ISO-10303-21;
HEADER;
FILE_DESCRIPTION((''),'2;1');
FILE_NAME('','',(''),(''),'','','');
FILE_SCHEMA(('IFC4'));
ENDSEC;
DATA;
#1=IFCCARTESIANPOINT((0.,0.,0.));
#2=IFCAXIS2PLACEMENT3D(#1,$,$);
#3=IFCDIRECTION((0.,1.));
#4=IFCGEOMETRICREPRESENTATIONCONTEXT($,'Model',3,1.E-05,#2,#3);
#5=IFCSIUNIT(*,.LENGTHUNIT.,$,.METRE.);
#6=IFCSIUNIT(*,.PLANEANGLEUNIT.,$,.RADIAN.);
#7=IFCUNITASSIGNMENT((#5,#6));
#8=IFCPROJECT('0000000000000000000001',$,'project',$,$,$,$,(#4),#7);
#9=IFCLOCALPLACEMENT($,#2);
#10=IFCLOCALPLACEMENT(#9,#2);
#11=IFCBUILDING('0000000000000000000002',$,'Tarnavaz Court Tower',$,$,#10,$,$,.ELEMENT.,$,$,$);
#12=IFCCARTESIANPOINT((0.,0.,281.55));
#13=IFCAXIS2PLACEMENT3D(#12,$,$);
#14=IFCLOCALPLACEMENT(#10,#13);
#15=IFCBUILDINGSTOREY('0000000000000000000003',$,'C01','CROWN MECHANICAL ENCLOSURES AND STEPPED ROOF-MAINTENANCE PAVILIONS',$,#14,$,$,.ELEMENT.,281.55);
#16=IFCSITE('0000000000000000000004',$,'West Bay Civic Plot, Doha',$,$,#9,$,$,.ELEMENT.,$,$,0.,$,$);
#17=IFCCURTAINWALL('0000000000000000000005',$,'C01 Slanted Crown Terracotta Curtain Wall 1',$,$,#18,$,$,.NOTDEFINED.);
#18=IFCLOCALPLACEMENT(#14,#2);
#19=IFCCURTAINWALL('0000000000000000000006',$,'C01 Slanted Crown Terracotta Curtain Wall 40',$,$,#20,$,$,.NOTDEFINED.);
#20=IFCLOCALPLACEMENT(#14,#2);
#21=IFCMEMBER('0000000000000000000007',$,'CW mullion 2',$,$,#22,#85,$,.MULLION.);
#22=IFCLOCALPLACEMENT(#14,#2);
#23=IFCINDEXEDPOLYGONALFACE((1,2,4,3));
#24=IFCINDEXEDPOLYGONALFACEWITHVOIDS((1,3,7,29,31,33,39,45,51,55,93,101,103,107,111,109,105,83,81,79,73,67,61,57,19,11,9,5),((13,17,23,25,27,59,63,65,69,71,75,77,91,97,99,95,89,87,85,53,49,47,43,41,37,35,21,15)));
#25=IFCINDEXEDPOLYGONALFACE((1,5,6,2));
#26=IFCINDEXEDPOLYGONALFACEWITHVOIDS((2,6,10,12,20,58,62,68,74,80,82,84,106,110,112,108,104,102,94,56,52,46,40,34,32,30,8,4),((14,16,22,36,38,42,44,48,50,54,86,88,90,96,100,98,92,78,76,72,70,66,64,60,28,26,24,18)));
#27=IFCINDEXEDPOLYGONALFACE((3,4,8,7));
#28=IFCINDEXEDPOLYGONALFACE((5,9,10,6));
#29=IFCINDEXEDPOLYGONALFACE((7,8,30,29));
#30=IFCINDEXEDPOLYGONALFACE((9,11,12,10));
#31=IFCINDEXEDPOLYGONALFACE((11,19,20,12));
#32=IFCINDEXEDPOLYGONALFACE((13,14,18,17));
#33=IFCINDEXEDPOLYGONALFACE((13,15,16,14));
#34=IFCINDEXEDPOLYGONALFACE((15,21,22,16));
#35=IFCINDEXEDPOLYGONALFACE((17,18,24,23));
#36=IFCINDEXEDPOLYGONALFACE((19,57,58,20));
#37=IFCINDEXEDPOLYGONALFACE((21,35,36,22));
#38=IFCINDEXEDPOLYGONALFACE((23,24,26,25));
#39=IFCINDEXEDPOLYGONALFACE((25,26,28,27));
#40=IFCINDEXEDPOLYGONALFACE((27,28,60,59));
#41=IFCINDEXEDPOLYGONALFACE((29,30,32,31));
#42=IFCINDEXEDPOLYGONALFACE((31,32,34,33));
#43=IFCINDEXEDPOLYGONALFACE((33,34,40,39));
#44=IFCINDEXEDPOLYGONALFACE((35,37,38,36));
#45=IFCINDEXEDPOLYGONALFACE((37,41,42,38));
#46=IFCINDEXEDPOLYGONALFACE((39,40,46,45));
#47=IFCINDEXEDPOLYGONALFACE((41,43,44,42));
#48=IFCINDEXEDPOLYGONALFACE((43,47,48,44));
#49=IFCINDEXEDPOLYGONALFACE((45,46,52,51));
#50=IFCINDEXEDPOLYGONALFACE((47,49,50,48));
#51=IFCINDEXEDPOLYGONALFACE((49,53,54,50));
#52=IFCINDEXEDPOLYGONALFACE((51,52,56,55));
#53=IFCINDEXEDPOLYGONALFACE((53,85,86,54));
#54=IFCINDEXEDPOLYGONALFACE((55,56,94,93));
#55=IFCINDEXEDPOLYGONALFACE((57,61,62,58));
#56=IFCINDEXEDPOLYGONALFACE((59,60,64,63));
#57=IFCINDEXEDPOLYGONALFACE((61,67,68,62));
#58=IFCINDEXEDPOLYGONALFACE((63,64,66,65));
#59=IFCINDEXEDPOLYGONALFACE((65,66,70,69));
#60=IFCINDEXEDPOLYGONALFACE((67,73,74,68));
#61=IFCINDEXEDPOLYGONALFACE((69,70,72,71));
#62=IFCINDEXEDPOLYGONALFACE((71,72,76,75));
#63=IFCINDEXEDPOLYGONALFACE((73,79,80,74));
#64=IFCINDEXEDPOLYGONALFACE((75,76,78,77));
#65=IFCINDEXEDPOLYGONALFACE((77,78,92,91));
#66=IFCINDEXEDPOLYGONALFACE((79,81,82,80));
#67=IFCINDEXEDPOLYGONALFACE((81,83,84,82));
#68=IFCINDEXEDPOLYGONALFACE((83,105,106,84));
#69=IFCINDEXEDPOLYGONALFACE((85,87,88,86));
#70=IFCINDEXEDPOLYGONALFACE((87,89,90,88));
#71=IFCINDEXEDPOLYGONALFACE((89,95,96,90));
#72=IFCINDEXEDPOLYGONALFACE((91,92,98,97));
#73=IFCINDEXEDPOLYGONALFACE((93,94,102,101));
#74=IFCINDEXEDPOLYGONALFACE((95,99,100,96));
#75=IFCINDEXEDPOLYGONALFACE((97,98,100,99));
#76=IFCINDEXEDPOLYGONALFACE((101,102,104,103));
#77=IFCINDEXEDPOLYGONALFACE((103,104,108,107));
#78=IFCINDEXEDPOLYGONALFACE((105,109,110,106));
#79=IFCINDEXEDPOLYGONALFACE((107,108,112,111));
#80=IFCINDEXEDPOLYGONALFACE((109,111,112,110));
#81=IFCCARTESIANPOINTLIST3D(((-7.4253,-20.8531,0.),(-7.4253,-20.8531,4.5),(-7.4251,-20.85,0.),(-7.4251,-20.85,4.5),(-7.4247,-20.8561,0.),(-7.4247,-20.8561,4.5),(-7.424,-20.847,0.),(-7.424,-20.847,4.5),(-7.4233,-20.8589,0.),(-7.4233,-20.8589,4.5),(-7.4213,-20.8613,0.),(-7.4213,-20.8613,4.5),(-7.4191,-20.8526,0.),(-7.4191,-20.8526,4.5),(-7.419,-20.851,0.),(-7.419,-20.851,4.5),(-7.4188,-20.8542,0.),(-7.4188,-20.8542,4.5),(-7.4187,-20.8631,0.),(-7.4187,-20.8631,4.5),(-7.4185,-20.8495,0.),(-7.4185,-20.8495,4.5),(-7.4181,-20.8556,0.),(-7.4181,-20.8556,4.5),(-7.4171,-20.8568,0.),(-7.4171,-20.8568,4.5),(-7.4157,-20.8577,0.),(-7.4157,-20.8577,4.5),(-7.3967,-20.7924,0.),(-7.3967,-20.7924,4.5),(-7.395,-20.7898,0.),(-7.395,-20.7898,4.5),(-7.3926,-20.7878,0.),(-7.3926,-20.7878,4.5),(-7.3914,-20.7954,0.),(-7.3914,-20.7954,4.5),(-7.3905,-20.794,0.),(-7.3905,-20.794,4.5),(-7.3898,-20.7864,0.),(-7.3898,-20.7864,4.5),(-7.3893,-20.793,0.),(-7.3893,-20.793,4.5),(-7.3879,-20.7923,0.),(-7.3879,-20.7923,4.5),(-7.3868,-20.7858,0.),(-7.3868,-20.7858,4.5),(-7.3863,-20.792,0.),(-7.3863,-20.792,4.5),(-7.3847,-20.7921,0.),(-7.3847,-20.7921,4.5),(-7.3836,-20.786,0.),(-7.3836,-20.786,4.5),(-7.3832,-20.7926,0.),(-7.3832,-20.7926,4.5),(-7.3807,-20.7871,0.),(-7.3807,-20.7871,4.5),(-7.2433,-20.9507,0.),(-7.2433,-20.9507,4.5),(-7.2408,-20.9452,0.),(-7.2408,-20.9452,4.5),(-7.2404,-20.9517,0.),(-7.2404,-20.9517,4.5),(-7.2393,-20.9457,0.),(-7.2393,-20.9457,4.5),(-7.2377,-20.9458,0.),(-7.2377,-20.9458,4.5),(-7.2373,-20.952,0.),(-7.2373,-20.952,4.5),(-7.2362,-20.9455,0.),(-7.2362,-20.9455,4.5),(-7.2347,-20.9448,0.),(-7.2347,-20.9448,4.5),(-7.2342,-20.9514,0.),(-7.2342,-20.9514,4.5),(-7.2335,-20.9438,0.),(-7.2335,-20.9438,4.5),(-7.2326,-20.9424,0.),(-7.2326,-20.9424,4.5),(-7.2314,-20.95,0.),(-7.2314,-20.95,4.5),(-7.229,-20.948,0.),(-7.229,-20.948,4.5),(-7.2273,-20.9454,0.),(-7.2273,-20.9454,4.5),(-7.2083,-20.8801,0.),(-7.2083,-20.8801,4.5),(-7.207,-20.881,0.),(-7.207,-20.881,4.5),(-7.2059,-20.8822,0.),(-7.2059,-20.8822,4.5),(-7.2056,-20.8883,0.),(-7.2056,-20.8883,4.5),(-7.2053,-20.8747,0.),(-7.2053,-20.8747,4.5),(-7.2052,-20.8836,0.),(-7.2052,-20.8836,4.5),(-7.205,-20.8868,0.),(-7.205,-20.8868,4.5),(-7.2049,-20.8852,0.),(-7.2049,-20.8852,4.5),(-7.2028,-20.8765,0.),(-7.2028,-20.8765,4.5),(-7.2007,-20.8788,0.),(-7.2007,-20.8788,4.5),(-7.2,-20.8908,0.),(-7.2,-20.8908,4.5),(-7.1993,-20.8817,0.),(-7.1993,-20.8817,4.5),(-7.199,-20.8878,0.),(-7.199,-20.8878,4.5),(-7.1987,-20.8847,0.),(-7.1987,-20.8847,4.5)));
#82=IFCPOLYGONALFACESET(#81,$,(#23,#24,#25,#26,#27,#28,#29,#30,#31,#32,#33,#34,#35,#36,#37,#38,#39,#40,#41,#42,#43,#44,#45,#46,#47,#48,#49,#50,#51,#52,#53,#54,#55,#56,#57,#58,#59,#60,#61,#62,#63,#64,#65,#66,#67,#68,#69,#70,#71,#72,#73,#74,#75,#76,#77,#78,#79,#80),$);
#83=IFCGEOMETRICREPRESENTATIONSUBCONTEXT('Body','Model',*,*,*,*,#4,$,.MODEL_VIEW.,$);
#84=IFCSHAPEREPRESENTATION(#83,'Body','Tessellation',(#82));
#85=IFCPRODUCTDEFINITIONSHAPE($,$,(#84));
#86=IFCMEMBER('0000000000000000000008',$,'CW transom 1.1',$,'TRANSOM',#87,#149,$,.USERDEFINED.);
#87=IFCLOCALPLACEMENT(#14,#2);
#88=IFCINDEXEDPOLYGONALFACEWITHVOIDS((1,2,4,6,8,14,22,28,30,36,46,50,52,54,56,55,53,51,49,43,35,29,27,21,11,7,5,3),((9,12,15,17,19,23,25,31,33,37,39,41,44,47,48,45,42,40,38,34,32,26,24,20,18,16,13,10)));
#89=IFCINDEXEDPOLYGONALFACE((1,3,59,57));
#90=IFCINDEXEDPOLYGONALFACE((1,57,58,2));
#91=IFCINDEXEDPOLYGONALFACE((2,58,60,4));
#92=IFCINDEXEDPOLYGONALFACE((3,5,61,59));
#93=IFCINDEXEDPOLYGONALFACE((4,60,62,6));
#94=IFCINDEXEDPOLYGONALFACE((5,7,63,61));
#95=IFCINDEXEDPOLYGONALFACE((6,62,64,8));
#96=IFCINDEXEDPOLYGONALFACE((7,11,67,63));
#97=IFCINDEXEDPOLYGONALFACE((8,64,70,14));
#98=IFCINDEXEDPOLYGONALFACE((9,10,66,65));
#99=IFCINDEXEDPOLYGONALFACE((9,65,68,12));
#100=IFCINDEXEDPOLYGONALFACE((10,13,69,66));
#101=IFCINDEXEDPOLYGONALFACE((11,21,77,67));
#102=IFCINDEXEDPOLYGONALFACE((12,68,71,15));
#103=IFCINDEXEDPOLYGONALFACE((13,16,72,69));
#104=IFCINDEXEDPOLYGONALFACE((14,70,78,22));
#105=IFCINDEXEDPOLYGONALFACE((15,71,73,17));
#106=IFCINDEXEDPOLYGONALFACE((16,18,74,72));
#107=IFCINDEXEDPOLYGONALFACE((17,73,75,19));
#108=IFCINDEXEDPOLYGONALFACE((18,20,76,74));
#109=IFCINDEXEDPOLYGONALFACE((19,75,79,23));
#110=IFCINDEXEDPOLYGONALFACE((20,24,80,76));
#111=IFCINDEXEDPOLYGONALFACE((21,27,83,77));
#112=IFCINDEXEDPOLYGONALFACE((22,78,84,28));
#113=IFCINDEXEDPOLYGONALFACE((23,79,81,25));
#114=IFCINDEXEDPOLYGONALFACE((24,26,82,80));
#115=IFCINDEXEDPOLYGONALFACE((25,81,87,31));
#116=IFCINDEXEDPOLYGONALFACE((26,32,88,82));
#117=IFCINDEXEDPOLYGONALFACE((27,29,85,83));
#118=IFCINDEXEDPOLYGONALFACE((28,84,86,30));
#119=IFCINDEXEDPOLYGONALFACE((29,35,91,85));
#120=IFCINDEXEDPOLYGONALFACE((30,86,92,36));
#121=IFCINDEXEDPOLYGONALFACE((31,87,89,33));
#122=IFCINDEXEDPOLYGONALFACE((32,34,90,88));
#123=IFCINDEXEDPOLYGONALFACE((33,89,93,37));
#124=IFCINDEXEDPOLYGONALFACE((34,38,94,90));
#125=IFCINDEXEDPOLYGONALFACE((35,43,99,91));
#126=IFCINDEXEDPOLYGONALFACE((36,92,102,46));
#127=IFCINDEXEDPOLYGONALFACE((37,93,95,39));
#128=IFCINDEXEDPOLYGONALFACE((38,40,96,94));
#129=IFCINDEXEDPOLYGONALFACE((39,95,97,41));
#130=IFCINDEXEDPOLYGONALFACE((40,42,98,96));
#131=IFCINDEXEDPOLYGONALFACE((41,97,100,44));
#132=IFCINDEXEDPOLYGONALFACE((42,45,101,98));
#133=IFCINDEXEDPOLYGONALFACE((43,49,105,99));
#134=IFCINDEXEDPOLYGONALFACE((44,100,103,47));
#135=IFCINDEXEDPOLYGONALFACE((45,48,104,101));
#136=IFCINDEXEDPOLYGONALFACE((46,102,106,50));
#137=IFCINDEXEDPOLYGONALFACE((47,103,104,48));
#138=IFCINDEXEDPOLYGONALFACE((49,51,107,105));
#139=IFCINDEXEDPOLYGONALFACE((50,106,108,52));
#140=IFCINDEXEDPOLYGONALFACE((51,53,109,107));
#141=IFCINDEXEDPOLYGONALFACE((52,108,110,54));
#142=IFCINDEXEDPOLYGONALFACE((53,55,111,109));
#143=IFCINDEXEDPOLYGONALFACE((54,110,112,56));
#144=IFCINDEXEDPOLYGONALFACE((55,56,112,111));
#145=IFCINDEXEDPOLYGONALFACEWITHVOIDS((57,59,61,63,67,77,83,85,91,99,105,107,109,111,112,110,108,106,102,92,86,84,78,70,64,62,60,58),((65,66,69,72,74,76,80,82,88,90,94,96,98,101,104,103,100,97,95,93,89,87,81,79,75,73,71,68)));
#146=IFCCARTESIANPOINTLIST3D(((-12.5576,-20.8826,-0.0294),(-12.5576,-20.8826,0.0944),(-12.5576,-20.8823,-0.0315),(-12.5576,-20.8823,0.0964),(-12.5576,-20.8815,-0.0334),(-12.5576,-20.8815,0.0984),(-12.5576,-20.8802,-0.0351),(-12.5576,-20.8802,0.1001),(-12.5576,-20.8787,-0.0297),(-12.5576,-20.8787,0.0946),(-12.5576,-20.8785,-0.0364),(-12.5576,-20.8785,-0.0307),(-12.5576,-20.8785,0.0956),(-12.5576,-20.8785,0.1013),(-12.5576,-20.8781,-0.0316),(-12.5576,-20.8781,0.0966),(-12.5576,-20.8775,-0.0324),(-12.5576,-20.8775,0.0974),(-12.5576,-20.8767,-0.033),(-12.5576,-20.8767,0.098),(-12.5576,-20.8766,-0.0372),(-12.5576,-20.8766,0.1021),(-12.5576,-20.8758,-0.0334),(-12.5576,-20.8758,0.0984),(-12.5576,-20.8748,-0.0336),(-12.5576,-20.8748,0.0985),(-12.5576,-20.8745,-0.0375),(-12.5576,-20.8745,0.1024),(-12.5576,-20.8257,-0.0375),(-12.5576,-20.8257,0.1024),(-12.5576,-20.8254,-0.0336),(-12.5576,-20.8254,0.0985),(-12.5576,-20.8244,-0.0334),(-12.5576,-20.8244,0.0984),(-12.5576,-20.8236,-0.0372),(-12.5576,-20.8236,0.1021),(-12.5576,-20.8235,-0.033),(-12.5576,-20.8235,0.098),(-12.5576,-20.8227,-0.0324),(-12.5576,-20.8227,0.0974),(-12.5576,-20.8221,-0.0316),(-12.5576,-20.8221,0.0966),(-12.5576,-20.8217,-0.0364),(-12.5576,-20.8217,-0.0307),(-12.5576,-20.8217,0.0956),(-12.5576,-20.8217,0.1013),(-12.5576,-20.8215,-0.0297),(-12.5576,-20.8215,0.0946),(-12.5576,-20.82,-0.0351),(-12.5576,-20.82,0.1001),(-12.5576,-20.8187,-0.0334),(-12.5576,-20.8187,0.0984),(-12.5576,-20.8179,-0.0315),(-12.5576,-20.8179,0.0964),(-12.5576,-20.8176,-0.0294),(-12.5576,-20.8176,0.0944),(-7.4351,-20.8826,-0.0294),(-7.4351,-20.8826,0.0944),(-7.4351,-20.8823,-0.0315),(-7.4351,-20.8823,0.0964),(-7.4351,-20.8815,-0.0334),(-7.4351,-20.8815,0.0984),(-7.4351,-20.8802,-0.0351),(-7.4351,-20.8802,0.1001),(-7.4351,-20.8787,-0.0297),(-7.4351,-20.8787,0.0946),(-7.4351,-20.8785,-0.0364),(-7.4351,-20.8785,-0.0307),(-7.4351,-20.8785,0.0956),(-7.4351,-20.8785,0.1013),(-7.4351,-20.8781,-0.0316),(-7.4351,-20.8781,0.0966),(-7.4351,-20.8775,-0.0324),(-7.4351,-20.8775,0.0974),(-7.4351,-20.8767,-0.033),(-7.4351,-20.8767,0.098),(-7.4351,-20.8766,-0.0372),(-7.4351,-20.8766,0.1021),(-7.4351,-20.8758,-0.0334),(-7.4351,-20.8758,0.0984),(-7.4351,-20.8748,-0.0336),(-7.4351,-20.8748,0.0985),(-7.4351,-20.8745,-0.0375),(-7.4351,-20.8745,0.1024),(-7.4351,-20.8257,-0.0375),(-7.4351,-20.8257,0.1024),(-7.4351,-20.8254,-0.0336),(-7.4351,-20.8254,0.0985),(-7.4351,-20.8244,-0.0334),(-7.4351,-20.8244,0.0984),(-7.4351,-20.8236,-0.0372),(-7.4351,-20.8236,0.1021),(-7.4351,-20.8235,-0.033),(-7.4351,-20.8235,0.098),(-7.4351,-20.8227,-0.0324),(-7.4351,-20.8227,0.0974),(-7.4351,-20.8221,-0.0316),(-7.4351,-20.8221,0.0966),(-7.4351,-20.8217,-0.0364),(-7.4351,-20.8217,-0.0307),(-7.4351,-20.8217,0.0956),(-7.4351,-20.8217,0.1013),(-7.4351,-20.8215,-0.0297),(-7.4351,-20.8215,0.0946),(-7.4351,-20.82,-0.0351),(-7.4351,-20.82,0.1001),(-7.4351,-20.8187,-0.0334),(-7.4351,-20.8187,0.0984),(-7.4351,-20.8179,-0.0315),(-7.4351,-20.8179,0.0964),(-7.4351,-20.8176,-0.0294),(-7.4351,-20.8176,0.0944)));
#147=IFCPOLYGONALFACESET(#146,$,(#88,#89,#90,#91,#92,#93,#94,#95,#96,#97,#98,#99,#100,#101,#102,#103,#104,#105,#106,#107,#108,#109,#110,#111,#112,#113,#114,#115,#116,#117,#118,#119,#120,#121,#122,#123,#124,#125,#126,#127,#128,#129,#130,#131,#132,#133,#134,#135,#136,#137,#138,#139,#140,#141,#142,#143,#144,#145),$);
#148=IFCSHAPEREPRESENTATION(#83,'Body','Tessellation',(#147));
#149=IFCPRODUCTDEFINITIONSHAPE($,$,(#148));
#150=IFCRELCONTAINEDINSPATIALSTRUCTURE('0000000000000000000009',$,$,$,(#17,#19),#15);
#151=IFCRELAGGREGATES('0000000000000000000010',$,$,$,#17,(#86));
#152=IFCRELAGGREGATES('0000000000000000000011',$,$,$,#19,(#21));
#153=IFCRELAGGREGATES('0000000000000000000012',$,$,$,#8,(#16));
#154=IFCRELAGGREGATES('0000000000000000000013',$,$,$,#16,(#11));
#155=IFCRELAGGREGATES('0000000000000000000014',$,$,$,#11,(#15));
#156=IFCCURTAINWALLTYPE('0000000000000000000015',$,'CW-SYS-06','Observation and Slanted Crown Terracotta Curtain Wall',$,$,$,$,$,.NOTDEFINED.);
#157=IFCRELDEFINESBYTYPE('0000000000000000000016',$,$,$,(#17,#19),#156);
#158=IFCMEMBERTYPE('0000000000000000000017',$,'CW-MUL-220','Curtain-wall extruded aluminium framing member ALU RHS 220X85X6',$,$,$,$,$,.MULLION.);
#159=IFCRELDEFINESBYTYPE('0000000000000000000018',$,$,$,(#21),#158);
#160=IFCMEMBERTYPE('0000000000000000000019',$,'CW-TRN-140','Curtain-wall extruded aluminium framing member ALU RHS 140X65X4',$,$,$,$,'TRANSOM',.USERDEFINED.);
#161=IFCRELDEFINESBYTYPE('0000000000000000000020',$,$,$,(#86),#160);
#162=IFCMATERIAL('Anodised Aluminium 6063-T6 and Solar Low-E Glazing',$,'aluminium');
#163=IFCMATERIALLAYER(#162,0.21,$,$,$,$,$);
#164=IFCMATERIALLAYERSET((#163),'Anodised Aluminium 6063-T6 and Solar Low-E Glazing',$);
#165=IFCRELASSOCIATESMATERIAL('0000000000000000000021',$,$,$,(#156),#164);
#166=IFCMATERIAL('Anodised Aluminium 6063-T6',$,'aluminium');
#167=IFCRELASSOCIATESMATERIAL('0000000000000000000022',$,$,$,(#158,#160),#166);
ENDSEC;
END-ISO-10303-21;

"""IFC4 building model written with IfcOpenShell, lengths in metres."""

from ifc_helpers import new_model, si_unit, direction, frame, origin, origin_2d, place, context, subcontext, project, spatial, hollow_rectangle, extrude, material, layer, layer_set, material_profile, profile_set, type_object, element, aggregate, save


model = new_model("IFC4")

# Units and contexts
model_context = context("Model", 3, precision=1e-05, world=origin(), true_north=direction((0.0, 1.0)))
body_context = subcontext(model_context, "Body", "Model", "MODEL_VIEW")
ifc_project = project(units=[si_unit("LENGTHUNIT", "METRE"), si_unit("PLANEANGLEUNIT", "RADIAN")], contexts=[model_context])

# Site, building, storey
site_placement = place(None, origin())
site = spatial("IfcSite", under=ifc_project, at=site_placement, Name="West Bay Civic Plot, Doha", CompositionType="ELEMENT", RefElevation=0.0)
building_placement = place(site_placement, origin())
building = spatial("IfcBuilding", under=site, at=building_placement, Name="Tarnavaz Court Tower", CompositionType="ELEMENT")
storey_placement = place(building_placement, frame((0.0, 0.0, 281.55)))
storey = spatial("IfcBuildingStorey", under=building, at=storey_placement, Name="C01", Description="CROWN MECHANICAL ENCLOSURES AND STEPPED ROOF-MAINTENANCE PAVILIONS", CompositionType="ELEMENT", Elevation=281.55)

# Curtain wall
ifc_material_1 = material(Name="Anodised Aluminium 6063-T6 and Solar Low-E Glazing", Category="aluminium")
ifc_layer_1 = layer(ifc_material_1, 0.21)
ifc_layer_set_1 = layer_set([ifc_layer_1], Name="Anodised Aluminium 6063-T6 and Solar Low-E Glazing")
curtain_wall_type = type_object("IfcCurtainWallType", Name="CW-SYS-06", Description="Observation and Slanted Crown Terracotta Curtain Wall", PredefinedType="NOTDEFINED", material=ifc_layer_set_1)
curtain_wall_1_placement = place(storey_placement, origin())
curtain_wall_1 = element("IfcCurtainWall", 1, at=curtain_wall_1_placement, inside=storey, type_object=curtain_wall_type, Name="C01 Slanted Crown Terracotta Curtain Wall 1", PredefinedType="NOTDEFINED")
ifc_material_2 = material(Name="Anodised Aluminium 6063-T6", Category="aluminium")
ifc_material_profile_1 = material_profile(ifc_material_2, hollow_rectangle(XDim=0.085, YDim=0.22, WallThickness=0.0061, InnerFilletRadius=0.0061, OuterFilletRadius=0.012, at=origin_2d()), Name="ALU RHS 220X85X6")
ifc_profile_set_1 = profile_set([ifc_material_profile_1], Name="Anodised Aluminium 6063-T6")
member_type_1 = type_object("IfcMemberType", Name="CW-MUL-220", Description="Curtain-wall extruded aluminium framing member ALU RHS 220X85X6", PredefinedType="MULLION", material=ifc_profile_set_1)

# Curtain wall, member
curtain_wall_2_placement = place(storey_placement, origin())
curtain_wall_2 = element("IfcCurtainWall", 2, at=curtain_wall_2_placement, inside=storey, type_object=curtain_wall_type, Name="C01 Slanted Crown Terracotta Curtain Wall 40", PredefinedType="NOTDEFINED")
member_1_placement = place(storey_placement, frame((-7.312, -20.8689, 0.0), z_axis=(0.0, 0.0, 1.0), x_axis=(-0.447214, -0.894427, 0.0)))
member_1 = element("IfcMember", 3, at=member_1_placement, type_object=member_type_1, Name="CW mullion 2", PredefinedType="MULLION", context=body_context, shape_type="SweptSolid", body=[
    extrude(hollow_rectangle(XDim=0.085, YDim=0.22, WallThickness=0.0061, InnerFilletRadius=0.0061, OuterFilletRadius=0.012, at=origin_2d()), origin(), (0.0, 0.0, 1.0), 4.5),
])

# Member
ifc_material_profile_2 = material_profile(ifc_material_2, hollow_rectangle(XDim=0.0649, YDim=0.1399, WallThickness=0.0039, InnerFilletRadius=0.0039, OuterFilletRadius=0.0081, at=origin_2d()), Name="ALU RHS 140X65X4")
ifc_profile_set_2 = profile_set([ifc_material_profile_2], Name="Anodised Aluminium 6063-T6")
member_type_2 = type_object("IfcMemberType", Name="CW-TRN-140", Description="Curtain-wall extruded aluminium framing member ALU RHS 140X65X4", ElementType="TRANSOM", PredefinedType="USERDEFINED", material=ifc_profile_set_2)
member_2_placement = place(storey_placement, frame((-7.4351, -20.8501, 0.0325), z_axis=(-1.0, 0.0, 0.0), x_axis=(0.0, -1.0, 0.0)))
member_2 = element("IfcMember", 4, at=member_2_placement, type_object=member_type_2, Name="CW transom 1.1", ObjectType="TRANSOM", PredefinedType="USERDEFINED", context=body_context, shape_type="SweptSolid", body=[
    extrude(hollow_rectangle(XDim=0.0649, YDim=0.1399, WallThickness=0.0039, InnerFilletRadius=0.0039, OuterFilletRadius=0.0081, at=origin_2d()), origin(), (0.0, 0.0, 1.0), 5.1226),
])

aggregate(curtain_wall_1, [member_2])
aggregate(curtain_wall_2, [member_1])

save(model, "model.ifc")
